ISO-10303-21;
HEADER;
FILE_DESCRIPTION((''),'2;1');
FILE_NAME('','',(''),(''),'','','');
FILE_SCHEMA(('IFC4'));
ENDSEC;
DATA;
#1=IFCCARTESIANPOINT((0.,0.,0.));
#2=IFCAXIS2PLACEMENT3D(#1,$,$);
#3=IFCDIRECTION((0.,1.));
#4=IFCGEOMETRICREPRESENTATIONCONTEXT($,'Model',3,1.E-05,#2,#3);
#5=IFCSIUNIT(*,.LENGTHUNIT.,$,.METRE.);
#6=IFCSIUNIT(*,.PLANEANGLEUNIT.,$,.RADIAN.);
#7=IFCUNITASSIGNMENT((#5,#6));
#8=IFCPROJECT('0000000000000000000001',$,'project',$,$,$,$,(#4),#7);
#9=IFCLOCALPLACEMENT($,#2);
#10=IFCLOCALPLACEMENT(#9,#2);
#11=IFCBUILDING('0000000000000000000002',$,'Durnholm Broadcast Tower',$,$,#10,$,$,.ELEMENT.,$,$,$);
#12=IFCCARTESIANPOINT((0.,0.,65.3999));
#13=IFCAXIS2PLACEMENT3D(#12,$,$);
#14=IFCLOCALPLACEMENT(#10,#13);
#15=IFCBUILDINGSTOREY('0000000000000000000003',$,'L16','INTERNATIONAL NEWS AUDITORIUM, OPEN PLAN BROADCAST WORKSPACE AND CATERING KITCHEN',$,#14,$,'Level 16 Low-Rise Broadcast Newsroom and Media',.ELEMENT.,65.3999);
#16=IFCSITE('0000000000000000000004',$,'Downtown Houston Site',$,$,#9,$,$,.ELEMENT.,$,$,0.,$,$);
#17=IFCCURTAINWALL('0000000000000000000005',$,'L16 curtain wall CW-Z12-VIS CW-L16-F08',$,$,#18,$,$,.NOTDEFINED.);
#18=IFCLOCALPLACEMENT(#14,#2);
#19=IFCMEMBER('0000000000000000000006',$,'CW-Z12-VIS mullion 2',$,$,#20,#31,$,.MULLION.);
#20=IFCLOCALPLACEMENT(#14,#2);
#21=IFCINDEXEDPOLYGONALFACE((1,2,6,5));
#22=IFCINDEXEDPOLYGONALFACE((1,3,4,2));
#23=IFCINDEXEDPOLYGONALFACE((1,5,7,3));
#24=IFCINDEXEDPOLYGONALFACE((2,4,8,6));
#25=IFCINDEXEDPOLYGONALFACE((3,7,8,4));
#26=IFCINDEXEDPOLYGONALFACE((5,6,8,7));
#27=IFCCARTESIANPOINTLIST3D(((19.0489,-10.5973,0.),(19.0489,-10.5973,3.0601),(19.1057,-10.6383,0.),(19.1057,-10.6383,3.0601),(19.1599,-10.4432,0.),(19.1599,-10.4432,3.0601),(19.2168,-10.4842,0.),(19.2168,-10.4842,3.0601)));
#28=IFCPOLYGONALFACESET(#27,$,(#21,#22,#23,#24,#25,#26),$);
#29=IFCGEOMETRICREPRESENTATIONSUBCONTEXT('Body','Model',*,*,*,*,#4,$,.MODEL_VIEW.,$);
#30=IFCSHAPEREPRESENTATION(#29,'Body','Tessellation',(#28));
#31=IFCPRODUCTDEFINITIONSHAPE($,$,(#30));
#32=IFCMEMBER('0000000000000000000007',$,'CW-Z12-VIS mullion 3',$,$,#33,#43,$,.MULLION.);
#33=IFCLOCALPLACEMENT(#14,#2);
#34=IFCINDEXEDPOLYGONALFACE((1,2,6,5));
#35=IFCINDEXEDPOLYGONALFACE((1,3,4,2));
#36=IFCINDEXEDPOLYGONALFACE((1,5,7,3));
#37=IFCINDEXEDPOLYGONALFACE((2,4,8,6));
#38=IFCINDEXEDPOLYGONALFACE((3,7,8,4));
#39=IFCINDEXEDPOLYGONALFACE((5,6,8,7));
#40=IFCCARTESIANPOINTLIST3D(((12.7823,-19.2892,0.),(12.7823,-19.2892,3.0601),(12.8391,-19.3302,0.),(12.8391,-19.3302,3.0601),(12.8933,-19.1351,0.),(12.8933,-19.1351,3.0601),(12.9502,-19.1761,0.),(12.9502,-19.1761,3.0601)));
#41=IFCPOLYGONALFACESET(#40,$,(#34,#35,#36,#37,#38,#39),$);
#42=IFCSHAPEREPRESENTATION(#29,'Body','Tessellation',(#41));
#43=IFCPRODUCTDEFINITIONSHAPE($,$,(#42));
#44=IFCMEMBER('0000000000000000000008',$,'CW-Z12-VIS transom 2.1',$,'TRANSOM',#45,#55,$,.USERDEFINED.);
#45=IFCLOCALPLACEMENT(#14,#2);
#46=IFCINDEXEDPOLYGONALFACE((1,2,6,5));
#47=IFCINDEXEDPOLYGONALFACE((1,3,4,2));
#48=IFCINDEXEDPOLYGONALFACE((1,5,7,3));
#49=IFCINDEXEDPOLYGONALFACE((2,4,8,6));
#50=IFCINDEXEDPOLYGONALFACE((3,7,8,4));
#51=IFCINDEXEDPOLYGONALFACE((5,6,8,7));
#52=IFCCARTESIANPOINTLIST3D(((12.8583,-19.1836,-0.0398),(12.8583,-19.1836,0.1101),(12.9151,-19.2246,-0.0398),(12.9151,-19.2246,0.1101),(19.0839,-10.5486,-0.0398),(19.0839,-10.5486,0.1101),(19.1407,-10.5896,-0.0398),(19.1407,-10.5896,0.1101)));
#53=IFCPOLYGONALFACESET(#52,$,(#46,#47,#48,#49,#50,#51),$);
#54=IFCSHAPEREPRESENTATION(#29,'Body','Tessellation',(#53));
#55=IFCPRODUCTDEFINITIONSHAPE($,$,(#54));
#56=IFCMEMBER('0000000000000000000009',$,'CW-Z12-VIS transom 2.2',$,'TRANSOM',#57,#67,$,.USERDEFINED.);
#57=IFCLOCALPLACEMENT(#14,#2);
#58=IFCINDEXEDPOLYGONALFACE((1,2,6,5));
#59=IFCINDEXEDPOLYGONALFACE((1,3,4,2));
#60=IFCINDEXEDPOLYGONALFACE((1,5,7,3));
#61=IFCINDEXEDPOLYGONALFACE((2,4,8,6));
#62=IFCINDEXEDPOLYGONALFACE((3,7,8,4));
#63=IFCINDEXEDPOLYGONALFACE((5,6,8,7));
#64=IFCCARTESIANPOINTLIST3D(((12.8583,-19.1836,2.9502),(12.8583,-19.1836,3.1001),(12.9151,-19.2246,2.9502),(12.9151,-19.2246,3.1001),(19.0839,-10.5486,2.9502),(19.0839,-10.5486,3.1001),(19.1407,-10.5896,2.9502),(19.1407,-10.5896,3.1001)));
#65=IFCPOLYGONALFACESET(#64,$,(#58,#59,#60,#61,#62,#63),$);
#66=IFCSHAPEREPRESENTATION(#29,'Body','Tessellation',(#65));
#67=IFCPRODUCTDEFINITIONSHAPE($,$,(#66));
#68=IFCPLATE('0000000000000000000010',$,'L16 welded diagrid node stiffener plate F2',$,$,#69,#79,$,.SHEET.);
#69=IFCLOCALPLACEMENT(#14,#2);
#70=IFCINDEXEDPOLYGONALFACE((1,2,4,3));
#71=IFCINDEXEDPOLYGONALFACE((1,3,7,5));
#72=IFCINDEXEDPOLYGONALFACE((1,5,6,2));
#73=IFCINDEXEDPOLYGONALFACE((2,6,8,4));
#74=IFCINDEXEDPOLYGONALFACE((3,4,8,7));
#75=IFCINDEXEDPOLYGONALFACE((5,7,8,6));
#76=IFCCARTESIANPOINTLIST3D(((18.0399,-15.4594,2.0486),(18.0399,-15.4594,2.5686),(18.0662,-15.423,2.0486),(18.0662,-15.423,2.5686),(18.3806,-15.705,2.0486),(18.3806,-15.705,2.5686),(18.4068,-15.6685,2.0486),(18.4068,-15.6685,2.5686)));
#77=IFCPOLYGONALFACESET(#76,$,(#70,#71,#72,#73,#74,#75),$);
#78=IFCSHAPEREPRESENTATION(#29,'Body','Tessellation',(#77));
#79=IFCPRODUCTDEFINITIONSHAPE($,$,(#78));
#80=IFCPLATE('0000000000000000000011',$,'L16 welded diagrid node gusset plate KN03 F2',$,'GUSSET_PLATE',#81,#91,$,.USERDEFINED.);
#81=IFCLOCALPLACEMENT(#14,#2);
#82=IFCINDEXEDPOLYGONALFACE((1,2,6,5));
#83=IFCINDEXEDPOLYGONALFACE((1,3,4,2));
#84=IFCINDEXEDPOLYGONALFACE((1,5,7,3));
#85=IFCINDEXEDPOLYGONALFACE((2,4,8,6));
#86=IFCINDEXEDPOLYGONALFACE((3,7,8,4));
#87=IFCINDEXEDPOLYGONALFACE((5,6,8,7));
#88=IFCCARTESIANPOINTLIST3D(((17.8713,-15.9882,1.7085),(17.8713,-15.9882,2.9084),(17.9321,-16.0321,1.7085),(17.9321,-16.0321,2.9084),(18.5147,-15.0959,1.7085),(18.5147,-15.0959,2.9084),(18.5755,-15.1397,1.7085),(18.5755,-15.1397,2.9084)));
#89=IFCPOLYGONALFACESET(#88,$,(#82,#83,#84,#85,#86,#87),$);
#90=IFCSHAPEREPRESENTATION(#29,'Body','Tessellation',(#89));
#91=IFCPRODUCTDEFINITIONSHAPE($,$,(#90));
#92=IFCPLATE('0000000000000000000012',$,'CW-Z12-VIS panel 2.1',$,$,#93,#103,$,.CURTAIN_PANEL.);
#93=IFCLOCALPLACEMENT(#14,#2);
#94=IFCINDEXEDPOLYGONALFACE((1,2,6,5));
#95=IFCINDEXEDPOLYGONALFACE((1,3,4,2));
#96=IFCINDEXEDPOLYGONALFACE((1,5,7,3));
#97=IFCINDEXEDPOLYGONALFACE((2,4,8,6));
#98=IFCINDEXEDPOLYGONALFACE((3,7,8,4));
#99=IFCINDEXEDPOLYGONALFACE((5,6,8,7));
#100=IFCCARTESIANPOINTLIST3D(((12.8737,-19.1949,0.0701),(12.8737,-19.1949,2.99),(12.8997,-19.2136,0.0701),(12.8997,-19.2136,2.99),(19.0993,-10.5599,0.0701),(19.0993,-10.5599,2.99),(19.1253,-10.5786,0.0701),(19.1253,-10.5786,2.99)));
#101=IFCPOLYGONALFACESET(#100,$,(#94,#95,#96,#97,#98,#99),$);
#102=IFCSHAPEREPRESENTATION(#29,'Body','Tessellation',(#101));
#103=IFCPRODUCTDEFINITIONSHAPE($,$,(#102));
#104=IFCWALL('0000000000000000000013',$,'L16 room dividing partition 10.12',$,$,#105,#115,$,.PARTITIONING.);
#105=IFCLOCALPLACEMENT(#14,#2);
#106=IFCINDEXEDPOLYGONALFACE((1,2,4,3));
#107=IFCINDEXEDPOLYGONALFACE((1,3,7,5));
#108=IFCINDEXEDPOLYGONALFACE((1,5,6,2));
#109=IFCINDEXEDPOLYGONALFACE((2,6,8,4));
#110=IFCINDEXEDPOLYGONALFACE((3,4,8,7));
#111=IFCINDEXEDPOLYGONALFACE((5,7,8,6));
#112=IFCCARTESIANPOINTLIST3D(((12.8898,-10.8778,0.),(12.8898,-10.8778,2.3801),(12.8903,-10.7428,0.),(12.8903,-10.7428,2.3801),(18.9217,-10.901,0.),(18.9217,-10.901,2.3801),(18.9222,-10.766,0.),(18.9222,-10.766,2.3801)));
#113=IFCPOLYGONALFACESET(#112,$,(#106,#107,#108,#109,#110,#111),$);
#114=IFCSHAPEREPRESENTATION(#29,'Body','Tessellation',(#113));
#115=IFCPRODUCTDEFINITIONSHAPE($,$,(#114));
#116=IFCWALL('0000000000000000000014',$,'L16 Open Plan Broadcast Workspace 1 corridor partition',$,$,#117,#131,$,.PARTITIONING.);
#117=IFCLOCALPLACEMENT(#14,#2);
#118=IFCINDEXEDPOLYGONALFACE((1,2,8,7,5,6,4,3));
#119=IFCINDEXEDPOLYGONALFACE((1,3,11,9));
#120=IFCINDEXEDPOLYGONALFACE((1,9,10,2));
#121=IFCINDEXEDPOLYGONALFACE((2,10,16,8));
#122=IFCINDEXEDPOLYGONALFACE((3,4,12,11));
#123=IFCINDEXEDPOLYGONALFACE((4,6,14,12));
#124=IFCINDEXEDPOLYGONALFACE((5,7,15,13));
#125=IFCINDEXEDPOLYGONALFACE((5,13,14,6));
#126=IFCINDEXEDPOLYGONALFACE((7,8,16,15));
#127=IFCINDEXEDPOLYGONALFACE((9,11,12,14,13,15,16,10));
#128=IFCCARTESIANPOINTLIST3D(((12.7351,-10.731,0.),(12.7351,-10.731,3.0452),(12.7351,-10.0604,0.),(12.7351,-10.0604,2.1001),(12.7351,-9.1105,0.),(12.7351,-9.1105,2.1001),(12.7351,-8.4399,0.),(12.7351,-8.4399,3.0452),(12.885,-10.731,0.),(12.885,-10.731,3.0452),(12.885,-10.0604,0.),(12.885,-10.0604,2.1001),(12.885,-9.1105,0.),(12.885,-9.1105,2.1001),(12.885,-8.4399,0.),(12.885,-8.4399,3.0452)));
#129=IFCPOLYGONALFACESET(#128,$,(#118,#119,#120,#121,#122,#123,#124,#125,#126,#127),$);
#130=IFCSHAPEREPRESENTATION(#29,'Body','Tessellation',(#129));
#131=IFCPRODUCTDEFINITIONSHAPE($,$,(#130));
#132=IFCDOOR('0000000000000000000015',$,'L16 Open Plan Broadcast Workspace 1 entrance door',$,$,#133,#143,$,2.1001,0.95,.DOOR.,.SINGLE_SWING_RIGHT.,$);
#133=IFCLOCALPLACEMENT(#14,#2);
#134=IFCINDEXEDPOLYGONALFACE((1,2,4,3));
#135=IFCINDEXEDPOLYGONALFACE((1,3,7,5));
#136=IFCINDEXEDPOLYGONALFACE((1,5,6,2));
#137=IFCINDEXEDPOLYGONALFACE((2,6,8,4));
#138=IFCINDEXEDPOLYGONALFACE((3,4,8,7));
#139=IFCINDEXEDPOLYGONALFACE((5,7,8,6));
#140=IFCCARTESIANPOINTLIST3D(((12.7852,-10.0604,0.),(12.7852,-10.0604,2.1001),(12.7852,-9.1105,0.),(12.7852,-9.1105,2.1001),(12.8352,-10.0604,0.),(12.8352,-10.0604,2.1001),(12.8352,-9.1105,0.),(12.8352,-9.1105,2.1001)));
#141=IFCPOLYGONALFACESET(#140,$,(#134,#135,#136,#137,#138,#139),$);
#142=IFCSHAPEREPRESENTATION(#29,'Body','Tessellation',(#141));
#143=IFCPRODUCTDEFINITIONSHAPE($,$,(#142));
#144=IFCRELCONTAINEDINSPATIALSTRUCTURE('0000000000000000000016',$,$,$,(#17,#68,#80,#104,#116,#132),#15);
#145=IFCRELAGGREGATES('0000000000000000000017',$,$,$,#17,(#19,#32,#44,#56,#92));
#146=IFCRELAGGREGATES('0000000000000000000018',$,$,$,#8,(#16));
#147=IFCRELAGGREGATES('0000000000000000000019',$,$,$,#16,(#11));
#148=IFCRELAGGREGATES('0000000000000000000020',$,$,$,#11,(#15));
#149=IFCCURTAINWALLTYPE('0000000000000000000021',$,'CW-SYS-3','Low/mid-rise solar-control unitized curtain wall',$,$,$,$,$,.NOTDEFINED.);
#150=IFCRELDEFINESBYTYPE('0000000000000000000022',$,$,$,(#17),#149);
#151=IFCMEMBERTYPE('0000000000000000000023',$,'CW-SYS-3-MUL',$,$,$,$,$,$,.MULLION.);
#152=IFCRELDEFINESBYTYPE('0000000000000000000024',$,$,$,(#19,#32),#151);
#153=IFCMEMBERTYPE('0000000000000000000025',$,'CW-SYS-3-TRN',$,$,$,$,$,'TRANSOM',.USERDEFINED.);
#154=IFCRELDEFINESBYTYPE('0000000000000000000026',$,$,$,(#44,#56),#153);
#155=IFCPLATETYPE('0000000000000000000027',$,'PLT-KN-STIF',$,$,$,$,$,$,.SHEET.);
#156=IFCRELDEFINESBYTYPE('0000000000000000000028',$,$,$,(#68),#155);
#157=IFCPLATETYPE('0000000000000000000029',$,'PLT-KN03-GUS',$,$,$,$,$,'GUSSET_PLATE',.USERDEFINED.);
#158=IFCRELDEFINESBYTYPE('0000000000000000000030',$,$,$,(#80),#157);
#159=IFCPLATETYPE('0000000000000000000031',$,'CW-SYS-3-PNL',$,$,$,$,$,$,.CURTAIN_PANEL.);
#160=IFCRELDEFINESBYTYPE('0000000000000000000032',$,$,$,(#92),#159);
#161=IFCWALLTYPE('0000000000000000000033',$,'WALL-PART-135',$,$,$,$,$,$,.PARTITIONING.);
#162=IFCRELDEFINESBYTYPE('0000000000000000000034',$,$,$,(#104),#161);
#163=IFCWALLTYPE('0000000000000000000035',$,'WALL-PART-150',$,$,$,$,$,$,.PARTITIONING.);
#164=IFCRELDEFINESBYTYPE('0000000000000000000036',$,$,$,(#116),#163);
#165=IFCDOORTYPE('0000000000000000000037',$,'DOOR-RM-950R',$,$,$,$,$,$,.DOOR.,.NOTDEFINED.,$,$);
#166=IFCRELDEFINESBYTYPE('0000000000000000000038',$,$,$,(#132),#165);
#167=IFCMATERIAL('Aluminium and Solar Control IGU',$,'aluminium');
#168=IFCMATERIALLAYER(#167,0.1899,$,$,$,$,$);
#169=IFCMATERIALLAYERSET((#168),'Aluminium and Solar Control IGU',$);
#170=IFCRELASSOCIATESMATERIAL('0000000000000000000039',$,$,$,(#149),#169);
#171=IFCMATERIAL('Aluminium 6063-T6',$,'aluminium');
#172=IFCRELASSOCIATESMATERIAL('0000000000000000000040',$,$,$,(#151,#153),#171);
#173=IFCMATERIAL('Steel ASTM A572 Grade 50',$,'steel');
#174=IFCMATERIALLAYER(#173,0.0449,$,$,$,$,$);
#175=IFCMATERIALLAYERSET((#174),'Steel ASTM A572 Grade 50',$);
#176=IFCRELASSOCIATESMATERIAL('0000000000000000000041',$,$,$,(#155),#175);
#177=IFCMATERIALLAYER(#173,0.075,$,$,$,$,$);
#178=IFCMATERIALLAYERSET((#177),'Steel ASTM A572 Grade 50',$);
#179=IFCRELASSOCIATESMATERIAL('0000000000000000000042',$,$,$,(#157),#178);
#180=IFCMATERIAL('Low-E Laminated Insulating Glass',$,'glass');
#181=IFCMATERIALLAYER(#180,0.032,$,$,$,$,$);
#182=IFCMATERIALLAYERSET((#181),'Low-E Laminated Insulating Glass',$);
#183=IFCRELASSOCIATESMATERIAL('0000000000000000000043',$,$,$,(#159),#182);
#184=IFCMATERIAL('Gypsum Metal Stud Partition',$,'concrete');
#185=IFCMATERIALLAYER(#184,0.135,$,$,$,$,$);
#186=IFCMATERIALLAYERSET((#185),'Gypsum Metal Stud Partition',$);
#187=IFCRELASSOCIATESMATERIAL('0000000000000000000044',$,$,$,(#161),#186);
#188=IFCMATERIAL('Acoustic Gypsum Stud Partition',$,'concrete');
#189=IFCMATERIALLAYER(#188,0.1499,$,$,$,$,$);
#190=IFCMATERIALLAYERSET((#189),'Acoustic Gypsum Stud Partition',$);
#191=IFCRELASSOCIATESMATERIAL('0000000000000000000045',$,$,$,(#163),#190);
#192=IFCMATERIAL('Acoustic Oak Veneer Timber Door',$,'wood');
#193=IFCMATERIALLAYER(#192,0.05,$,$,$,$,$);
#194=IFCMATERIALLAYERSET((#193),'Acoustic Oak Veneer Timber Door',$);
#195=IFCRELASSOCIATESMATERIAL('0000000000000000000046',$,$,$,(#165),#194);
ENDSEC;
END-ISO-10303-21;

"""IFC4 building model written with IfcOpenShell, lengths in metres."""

from ifc_helpers import new_model, si_unit, direction, frame, frame_2d, origin, origin_2d, place, context, subcontext, project, spatial, rectangle, extrude, source, transform, mapped, material, layer, layer_set, material_profile, profile_set, type_object, type_shapes, element, fill, aggregate, save


model = new_model("IFC4")

# Units and contexts
model_context = context("Model", 3, precision=1e-05, world=origin(), true_north=direction((0.0, 1.0)))
body_context = subcontext(model_context, "Body", "Model", "MODEL_VIEW")
ifc_project = project(units=[si_unit("LENGTHUNIT", "METRE"), si_unit("PLANEANGLEUNIT", "RADIAN")], contexts=[model_context])

# Site, building, storey
site_placement = place(None, origin())
site = spatial("IfcSite", under=ifc_project, at=site_placement, Name="Downtown Houston Site", CompositionType="ELEMENT", RefElevation=0.0)
building_placement = place(site_placement, origin())
building = spatial("IfcBuilding", under=site, at=building_placement, Name="Durnholm Broadcast Tower", CompositionType="ELEMENT")
storey_placement = place(building_placement, frame((0.0, 0.0, 65.3999)))
storey = spatial("IfcBuildingStorey", under=building, at=storey_placement, Name="L16", Description="INTERNATIONAL NEWS AUDITORIUM, OPEN PLAN BROADCAST WORKSPACE AND CATERING KITCHEN", LongName="Level 16 Low-Rise Broadcast Newsroom and Media", CompositionType="ELEMENT", Elevation=65.3999)

# Curtain wall, members
ifc_material_1 = material(Name="Aluminium and Solar Control IGU", Category="aluminium")
ifc_material_2 = material(Name="Aluminium 6063-T6", Category="aluminium")
ifc_layer_1 = layer(ifc_material_1, 0.1899)
ifc_layer_set_1 = layer_set([ifc_layer_1], Name="Aluminium and Solar Control IGU")
curtain_wall_type_1 = type_object("IfcCurtainWallType", Name="CW-SYS-3", Description="Low/mid-rise solar-control unitized curtain wall", PredefinedType="NOTDEFINED", material=ifc_layer_set_1)
curtain_wall_1_placement = place(storey_placement, origin())
curtain_wall_1 = element("IfcCurtainWall", 1, at=curtain_wall_1_placement, inside=storey, type_object=curtain_wall_type_1, Name="L16 curtain wall CW-Z12-VIS CW-L16-F08", PredefinedType="NOTDEFINED")
ifc_material_profile_1 = material_profile(ifc_material_2, rectangle(XDim=0.0701, YDim=0.1899, at=origin_2d()), Name="CWM70X190")
ifc_profile_set_1 = profile_set([ifc_material_profile_1], Name="Aluminium 6063-T6")
member_type_1 = type_object("IfcMemberType", Name="CW-SYS-3-MUL", PredefinedType="MULLION", material=ifc_profile_set_1)
shared_shape_1 = source(origin(), body_context, "Body", "SweptSolid", [
    extrude(rectangle(XDim=0.0701, YDim=0.1899, at=origin_2d()), origin(), (0.0, 0.0, 1.0), 3.0601),
])
type_shapes(member_type_1, [shared_shape_1])
member_1_placement = place(storey_placement, frame((19.1328, -10.5408, 0.0), z_axis=(0.0, 0.0, 1.0), x_axis=(0.811161, -0.584823, 0.0)))
member_1 = element("IfcMember", 2, at=member_1_placement, type_object=member_type_1, Name="CW-Z12-VIS mullion 2", PredefinedType="MULLION", context=body_context, shape_type="MappedRepresentation", body=[
    mapped(shared_shape_1, transform((0.0, 0.0, 0.0), x_axis=(1.0, 0.0, 0.0), y_axis=(0.0, 1.0, 0.0), z_axis=(0.0, 0.0, 1.0), scale=1.0)),
])
member_2_placement = place(storey_placement, frame((12.8662, -19.2327, 0.0), z_axis=(0.0, 0.0, 1.0), x_axis=(0.811161, -0.584823, 0.0)))
member_2 = element("IfcMember", 3, at=member_2_placement, type_object=member_type_1, Name="CW-Z12-VIS mullion 3", PredefinedType="MULLION", context=body_context, shape_type="MappedRepresentation", body=[
    mapped(shared_shape_1, transform((0.0, 0.0, 0.0), x_axis=(1.0, 0.0, 0.0), y_axis=(0.0, 1.0, 0.0), z_axis=(0.0, 0.0, 1.0), scale=1.0)),
])
ifc_material_profile_2 = material_profile(ifc_material_2, rectangle(XDim=0.0701, YDim=0.1499, at=origin_2d()), Name="CWT70X150")
ifc_profile_set_2 = profile_set([ifc_material_profile_2], Name="Aluminium 6063-T6")
member_type_2 = type_object("IfcMemberType", Name="CW-SYS-3-TRN", ElementType="TRANSOM", PredefinedType="USERDEFINED", material=ifc_profile_set_2)
shared_shape_2 = source(origin(), body_context, "Body", "SweptSolid", [
    extrude(rectangle(XDim=0.0701, YDim=0.1499, at=origin_2d()), origin(), (0.0, 0.0, 1.0), 10.6453),
])
type_shapes(member_type_2, [shared_shape_2])
member_3_placement = place(storey_placement, frame((19.1123, -10.5691, 0.0352), z_axis=(-0.584823, -0.811161, 0.0), x_axis=(0.811161, -0.584823, 0.0)))
member_3 = element("IfcMember", 4, at=member_3_placement, type_object=member_type_2, Name="CW-Z12-VIS transom 2.1", ObjectType="TRANSOM", PredefinedType="USERDEFINED", context=body_context, shape_type="MappedRepresentation", body=[
    mapped(shared_shape_2, transform((0.0, 0.0, 0.0), x_axis=(1.0, 0.0, 0.0), y_axis=(0.0, 1.0, 0.0), z_axis=(0.0, 0.0, 1.0), scale=1.0)),
])
member_4_placement = place(storey_placement, frame((19.1123, -10.5691, 3.0251), z_axis=(-0.584823, -0.811161, 0.0), x_axis=(0.811161, -0.584823, 0.0)))
member_4 = element("IfcMember", 5, at=member_4_placement, type_object=member_type_2, Name="CW-Z12-VIS transom 2.2", ObjectType="TRANSOM", PredefinedType="USERDEFINED", context=body_context, shape_type="MappedRepresentation", body=[
    mapped(shared_shape_2, transform((0.0, 0.0, 0.0), x_axis=(1.0, 0.0, 0.0), y_axis=(0.0, 1.0, 0.0), z_axis=(0.0, 0.0, 1.0), scale=1.0)),
])

# Plates
ifc_material_3 = material(Name="Steel ASTM A572 Grade 50", Category="steel")
ifc_layer_2 = layer(ifc_material_3, 0.0449)
ifc_layer_set_2 = layer_set([ifc_layer_2], Name="Steel ASTM A572 Grade 50")
plate_type_1 = type_object("IfcPlateType", Name="PLT-KN-STIF", PredefinedType="SHEET", material=ifc_layer_set_2)
shared_shape_3 = source(origin(), body_context, "Body", "SweptSolid", [
    extrude(rectangle(XDim=0.0449, YDim=0.4199, at=origin_2d()), origin(), (0.0, 0.0, 1.0), 0.52),
])
type_shapes(plate_type_1, [shared_shape_3])
plate_1_placement = place(storey_placement, frame((18.2234, -15.564, 2.0486), z_axis=(0.0, 0.0, 1.0), x_axis=(0.584816, 0.811166, 0.0)))
element("IfcPlate", 6, at=plate_1_placement, inside=storey, type_object=plate_type_1, Name="L16 welded diagrid node stiffener plate F2", PredefinedType="SHEET", context=body_context, shape_type="MappedRepresentation", body=[
    mapped(shared_shape_3, transform((0.0, 0.0, 0.0), x_axis=(1.0, 0.0, 0.0), y_axis=(0.0, 1.0, 0.0), z_axis=(0.0, 0.0, 1.0), scale=1.0)),
])
ifc_layer_3 = layer(ifc_material_3, 0.075)
ifc_layer_set_3 = layer_set([ifc_layer_3], Name="Steel ASTM A572 Grade 50")
plate_type_2 = type_object("IfcPlateType", Name="PLT-KN03-GUS", ElementType="GUSSET_PLATE", PredefinedType="USERDEFINED", material=ifc_layer_set_3)
shared_shape_4 = source(origin(), body_context, "Body", "SweptSolid", [
    extrude(rectangle(XDim=1.1001, YDim=0.075, at=origin_2d()), origin(), (0.0, 0.0, 1.0), 1.2),
])
type_shapes(plate_type_2, [shared_shape_4])
plate_2_placement = place(storey_placement, frame((18.2234, -15.564, 1.7085), z_axis=(0.0, 0.0, 1.0), x_axis=(0.584816, 0.811166, 0.0)))
element("IfcPlate", 7, at=plate_2_placement, inside=storey, type_object=plate_type_2, Name="L16 welded diagrid node gusset plate KN03 F2", ObjectType="GUSSET_PLATE", PredefinedType="USERDEFINED", context=body_context, shape_type="MappedRepresentation", body=[
    mapped(shared_shape_4, transform((0.0, 0.0, 0.0), x_axis=(1.0, 0.0, 0.0), y_axis=(0.0, 1.0, 0.0), z_axis=(0.0, 0.0, 1.0), scale=1.0)),
])

# Plate
ifc_material_4 = material(Name="Low-E Laminated Insulating Glass", Category="glass")
ifc_layer_4 = layer(ifc_material_4, 0.032)
ifc_layer_set_4 = layer_set([ifc_layer_4], Name="Low-E Laminated Insulating Glass")
plate_type_3 = type_object("IfcPlateType", Name="CW-SYS-3-PNL", PredefinedType="CURTAIN_PANEL", material=ifc_layer_set_4)
shared_shape_5 = source(origin(), body_context, "Body", "SweptSolid", [
    extrude(rectangle(XDim=10.6453, YDim=0.032, at=origin_2d()), origin(), (0.0, 0.0, 1.0), 2.9199),
])
type_shapes(plate_type_3, [shared_shape_5])
plate_3_placement = place(storey_placement, frame((15.9995, -14.8867, 0.0701), z_axis=(0.0, 0.0, 1.0), x_axis=(-0.584823, -0.811161, 0.0)))
plate_3 = element("IfcPlate", 8, at=plate_3_placement, type_object=plate_type_3, Name="CW-Z12-VIS panel 2.1", PredefinedType="CURTAIN_PANEL", context=body_context, shape_type="MappedRepresentation", body=[
    mapped(shared_shape_5, transform((0.0, 0.0, 0.0), x_axis=(1.0, 0.0, 0.0), y_axis=(0.0, 1.0, 0.0), z_axis=(0.0, 0.0, 1.0), scale=1.0)),
])
aggregate(curtain_wall_1, [member_1, member_2, member_3, member_4, plate_3])

# Wall
ifc_material_5 = material(Name="Gypsum Metal Stud Partition", Category="concrete")
ifc_layer_5 = layer(ifc_material_5, 0.135)
ifc_layer_set_5 = layer_set([ifc_layer_5], Name="Gypsum Metal Stud Partition")
wall_type_1 = type_object("IfcWallType", Name="WALL-PART-135", PredefinedType="PARTITIONING", material=ifc_layer_set_5)
wall_1_placement = place(storey_placement, frame((12.8899, -10.8103, 0.0), z_axis=(0.0, 0.0, 1.0), x_axis=(0.999993, -0.003845, 0.0)))
element("IfcWall", 9, at=wall_1_placement, inside=storey, type_object=wall_type_1, Name="L16 room dividing partition 10.12", PredefinedType="PARTITIONING", context=body_context, shape_type="SweptSolid", body=[
    extrude(rectangle(XDim=6.032, YDim=0.135, at=frame_2d((3.0161, 0.0))), origin(), (0.0, 0.0, 1.0), 2.3801),
])

# Wall, opening, door
ifc_material_6 = material(Name="Acoustic Gypsum Stud Partition", Category="concrete")
ifc_layer_6 = layer(ifc_material_6, 0.1499)
ifc_layer_set_6 = layer_set([ifc_layer_6], Name="Acoustic Gypsum Stud Partition")
wall_type_2 = type_object("IfcWallType", Name="WALL-PART-150", PredefinedType="PARTITIONING", material=ifc_layer_set_6)
wall_2_placement = place(storey_placement, frame((12.8101, -10.731, 0.0), z_axis=(0.0, 0.0, 1.0), x_axis=(0.0, 1.0, 0.0)))
wall_2 = element("IfcWall", 10, at=wall_2_placement, inside=storey, type_object=wall_type_2, Name="L16 Open Plan Broadcast Workspace 1 corridor partition", PredefinedType="PARTITIONING", context=body_context, shape_type="SweptSolid", body=[
    extrude(rectangle(XDim=2.291, YDim=0.1499, at=frame_2d((1.1455, 0.0))), origin(), (0.0, 0.0, 1.0), 3.0452),
])
opening_placement = place(wall_2_placement, frame((0.6704, 0.0, 0.0)))
opening = element("IfcOpeningElement", 11, at=opening_placement, cuts=wall_2, PredefinedType="OPENING", context=body_context, shape_type="SweptSolid", body=[
    extrude(rectangle(XDim=0.95, YDim=2.1001, at=frame_2d((0.4751, 1.05))), frame((0.0, 0.085, 0.0), z_axis=(0.0, -1.0, 0.0), x_axis=(1.0, 0.0, 0.0)), (0.0, 0.0, 1.0), 0.1699),
])
ifc_material_7 = material(Name="Acoustic Oak Veneer Timber Door", Category="wood")
ifc_layer_7 = layer(ifc_material_7, 0.05)
ifc_layer_set_7 = layer_set([ifc_layer_7], Name="Acoustic Oak Veneer Timber Door")
door_type = type_object("IfcDoorType", Name="DOOR-RM-950R", OperationType="NOTDEFINED", PredefinedType="DOOR", material=ifc_layer_set_7)
shared_shape_6 = source(origin(), body_context, "Body", "SweptSolid", [
    extrude(rectangle(XDim=0.95, YDim=2.1001, at=frame_2d((0.4751, 1.05))), frame((0.0, 0.0249, 0.0), z_axis=(0.0, -1.0, 0.0), x_axis=(1.0, 0.0, 0.0)), (0.0, 0.0, 1.0), 0.05),
])
type_shapes(door_type, [shared_shape_6])
door_placement = place(opening_placement, origin())
door = element("IfcDoor", 12, at=door_placement, inside=storey, type_object=door_type, Name="L16 Open Plan Broadcast Workspace 1 entrance door", OperationType="SINGLE_SWING_RIGHT", OverallHeight=2.1001, OverallWidth=0.95, PredefinedType="DOOR", context=body_context, shape_type="MappedRepresentation", body=[
    mapped(shared_shape_6, transform((0.0, 0.0, 0.0), x_axis=(1.0, 0.0, 0.0), y_axis=(0.0, 1.0, 0.0), z_axis=(0.0, 0.0, 1.0), scale=1.0)),
])
fill(opening, door)

save(model, "model.ifc")
